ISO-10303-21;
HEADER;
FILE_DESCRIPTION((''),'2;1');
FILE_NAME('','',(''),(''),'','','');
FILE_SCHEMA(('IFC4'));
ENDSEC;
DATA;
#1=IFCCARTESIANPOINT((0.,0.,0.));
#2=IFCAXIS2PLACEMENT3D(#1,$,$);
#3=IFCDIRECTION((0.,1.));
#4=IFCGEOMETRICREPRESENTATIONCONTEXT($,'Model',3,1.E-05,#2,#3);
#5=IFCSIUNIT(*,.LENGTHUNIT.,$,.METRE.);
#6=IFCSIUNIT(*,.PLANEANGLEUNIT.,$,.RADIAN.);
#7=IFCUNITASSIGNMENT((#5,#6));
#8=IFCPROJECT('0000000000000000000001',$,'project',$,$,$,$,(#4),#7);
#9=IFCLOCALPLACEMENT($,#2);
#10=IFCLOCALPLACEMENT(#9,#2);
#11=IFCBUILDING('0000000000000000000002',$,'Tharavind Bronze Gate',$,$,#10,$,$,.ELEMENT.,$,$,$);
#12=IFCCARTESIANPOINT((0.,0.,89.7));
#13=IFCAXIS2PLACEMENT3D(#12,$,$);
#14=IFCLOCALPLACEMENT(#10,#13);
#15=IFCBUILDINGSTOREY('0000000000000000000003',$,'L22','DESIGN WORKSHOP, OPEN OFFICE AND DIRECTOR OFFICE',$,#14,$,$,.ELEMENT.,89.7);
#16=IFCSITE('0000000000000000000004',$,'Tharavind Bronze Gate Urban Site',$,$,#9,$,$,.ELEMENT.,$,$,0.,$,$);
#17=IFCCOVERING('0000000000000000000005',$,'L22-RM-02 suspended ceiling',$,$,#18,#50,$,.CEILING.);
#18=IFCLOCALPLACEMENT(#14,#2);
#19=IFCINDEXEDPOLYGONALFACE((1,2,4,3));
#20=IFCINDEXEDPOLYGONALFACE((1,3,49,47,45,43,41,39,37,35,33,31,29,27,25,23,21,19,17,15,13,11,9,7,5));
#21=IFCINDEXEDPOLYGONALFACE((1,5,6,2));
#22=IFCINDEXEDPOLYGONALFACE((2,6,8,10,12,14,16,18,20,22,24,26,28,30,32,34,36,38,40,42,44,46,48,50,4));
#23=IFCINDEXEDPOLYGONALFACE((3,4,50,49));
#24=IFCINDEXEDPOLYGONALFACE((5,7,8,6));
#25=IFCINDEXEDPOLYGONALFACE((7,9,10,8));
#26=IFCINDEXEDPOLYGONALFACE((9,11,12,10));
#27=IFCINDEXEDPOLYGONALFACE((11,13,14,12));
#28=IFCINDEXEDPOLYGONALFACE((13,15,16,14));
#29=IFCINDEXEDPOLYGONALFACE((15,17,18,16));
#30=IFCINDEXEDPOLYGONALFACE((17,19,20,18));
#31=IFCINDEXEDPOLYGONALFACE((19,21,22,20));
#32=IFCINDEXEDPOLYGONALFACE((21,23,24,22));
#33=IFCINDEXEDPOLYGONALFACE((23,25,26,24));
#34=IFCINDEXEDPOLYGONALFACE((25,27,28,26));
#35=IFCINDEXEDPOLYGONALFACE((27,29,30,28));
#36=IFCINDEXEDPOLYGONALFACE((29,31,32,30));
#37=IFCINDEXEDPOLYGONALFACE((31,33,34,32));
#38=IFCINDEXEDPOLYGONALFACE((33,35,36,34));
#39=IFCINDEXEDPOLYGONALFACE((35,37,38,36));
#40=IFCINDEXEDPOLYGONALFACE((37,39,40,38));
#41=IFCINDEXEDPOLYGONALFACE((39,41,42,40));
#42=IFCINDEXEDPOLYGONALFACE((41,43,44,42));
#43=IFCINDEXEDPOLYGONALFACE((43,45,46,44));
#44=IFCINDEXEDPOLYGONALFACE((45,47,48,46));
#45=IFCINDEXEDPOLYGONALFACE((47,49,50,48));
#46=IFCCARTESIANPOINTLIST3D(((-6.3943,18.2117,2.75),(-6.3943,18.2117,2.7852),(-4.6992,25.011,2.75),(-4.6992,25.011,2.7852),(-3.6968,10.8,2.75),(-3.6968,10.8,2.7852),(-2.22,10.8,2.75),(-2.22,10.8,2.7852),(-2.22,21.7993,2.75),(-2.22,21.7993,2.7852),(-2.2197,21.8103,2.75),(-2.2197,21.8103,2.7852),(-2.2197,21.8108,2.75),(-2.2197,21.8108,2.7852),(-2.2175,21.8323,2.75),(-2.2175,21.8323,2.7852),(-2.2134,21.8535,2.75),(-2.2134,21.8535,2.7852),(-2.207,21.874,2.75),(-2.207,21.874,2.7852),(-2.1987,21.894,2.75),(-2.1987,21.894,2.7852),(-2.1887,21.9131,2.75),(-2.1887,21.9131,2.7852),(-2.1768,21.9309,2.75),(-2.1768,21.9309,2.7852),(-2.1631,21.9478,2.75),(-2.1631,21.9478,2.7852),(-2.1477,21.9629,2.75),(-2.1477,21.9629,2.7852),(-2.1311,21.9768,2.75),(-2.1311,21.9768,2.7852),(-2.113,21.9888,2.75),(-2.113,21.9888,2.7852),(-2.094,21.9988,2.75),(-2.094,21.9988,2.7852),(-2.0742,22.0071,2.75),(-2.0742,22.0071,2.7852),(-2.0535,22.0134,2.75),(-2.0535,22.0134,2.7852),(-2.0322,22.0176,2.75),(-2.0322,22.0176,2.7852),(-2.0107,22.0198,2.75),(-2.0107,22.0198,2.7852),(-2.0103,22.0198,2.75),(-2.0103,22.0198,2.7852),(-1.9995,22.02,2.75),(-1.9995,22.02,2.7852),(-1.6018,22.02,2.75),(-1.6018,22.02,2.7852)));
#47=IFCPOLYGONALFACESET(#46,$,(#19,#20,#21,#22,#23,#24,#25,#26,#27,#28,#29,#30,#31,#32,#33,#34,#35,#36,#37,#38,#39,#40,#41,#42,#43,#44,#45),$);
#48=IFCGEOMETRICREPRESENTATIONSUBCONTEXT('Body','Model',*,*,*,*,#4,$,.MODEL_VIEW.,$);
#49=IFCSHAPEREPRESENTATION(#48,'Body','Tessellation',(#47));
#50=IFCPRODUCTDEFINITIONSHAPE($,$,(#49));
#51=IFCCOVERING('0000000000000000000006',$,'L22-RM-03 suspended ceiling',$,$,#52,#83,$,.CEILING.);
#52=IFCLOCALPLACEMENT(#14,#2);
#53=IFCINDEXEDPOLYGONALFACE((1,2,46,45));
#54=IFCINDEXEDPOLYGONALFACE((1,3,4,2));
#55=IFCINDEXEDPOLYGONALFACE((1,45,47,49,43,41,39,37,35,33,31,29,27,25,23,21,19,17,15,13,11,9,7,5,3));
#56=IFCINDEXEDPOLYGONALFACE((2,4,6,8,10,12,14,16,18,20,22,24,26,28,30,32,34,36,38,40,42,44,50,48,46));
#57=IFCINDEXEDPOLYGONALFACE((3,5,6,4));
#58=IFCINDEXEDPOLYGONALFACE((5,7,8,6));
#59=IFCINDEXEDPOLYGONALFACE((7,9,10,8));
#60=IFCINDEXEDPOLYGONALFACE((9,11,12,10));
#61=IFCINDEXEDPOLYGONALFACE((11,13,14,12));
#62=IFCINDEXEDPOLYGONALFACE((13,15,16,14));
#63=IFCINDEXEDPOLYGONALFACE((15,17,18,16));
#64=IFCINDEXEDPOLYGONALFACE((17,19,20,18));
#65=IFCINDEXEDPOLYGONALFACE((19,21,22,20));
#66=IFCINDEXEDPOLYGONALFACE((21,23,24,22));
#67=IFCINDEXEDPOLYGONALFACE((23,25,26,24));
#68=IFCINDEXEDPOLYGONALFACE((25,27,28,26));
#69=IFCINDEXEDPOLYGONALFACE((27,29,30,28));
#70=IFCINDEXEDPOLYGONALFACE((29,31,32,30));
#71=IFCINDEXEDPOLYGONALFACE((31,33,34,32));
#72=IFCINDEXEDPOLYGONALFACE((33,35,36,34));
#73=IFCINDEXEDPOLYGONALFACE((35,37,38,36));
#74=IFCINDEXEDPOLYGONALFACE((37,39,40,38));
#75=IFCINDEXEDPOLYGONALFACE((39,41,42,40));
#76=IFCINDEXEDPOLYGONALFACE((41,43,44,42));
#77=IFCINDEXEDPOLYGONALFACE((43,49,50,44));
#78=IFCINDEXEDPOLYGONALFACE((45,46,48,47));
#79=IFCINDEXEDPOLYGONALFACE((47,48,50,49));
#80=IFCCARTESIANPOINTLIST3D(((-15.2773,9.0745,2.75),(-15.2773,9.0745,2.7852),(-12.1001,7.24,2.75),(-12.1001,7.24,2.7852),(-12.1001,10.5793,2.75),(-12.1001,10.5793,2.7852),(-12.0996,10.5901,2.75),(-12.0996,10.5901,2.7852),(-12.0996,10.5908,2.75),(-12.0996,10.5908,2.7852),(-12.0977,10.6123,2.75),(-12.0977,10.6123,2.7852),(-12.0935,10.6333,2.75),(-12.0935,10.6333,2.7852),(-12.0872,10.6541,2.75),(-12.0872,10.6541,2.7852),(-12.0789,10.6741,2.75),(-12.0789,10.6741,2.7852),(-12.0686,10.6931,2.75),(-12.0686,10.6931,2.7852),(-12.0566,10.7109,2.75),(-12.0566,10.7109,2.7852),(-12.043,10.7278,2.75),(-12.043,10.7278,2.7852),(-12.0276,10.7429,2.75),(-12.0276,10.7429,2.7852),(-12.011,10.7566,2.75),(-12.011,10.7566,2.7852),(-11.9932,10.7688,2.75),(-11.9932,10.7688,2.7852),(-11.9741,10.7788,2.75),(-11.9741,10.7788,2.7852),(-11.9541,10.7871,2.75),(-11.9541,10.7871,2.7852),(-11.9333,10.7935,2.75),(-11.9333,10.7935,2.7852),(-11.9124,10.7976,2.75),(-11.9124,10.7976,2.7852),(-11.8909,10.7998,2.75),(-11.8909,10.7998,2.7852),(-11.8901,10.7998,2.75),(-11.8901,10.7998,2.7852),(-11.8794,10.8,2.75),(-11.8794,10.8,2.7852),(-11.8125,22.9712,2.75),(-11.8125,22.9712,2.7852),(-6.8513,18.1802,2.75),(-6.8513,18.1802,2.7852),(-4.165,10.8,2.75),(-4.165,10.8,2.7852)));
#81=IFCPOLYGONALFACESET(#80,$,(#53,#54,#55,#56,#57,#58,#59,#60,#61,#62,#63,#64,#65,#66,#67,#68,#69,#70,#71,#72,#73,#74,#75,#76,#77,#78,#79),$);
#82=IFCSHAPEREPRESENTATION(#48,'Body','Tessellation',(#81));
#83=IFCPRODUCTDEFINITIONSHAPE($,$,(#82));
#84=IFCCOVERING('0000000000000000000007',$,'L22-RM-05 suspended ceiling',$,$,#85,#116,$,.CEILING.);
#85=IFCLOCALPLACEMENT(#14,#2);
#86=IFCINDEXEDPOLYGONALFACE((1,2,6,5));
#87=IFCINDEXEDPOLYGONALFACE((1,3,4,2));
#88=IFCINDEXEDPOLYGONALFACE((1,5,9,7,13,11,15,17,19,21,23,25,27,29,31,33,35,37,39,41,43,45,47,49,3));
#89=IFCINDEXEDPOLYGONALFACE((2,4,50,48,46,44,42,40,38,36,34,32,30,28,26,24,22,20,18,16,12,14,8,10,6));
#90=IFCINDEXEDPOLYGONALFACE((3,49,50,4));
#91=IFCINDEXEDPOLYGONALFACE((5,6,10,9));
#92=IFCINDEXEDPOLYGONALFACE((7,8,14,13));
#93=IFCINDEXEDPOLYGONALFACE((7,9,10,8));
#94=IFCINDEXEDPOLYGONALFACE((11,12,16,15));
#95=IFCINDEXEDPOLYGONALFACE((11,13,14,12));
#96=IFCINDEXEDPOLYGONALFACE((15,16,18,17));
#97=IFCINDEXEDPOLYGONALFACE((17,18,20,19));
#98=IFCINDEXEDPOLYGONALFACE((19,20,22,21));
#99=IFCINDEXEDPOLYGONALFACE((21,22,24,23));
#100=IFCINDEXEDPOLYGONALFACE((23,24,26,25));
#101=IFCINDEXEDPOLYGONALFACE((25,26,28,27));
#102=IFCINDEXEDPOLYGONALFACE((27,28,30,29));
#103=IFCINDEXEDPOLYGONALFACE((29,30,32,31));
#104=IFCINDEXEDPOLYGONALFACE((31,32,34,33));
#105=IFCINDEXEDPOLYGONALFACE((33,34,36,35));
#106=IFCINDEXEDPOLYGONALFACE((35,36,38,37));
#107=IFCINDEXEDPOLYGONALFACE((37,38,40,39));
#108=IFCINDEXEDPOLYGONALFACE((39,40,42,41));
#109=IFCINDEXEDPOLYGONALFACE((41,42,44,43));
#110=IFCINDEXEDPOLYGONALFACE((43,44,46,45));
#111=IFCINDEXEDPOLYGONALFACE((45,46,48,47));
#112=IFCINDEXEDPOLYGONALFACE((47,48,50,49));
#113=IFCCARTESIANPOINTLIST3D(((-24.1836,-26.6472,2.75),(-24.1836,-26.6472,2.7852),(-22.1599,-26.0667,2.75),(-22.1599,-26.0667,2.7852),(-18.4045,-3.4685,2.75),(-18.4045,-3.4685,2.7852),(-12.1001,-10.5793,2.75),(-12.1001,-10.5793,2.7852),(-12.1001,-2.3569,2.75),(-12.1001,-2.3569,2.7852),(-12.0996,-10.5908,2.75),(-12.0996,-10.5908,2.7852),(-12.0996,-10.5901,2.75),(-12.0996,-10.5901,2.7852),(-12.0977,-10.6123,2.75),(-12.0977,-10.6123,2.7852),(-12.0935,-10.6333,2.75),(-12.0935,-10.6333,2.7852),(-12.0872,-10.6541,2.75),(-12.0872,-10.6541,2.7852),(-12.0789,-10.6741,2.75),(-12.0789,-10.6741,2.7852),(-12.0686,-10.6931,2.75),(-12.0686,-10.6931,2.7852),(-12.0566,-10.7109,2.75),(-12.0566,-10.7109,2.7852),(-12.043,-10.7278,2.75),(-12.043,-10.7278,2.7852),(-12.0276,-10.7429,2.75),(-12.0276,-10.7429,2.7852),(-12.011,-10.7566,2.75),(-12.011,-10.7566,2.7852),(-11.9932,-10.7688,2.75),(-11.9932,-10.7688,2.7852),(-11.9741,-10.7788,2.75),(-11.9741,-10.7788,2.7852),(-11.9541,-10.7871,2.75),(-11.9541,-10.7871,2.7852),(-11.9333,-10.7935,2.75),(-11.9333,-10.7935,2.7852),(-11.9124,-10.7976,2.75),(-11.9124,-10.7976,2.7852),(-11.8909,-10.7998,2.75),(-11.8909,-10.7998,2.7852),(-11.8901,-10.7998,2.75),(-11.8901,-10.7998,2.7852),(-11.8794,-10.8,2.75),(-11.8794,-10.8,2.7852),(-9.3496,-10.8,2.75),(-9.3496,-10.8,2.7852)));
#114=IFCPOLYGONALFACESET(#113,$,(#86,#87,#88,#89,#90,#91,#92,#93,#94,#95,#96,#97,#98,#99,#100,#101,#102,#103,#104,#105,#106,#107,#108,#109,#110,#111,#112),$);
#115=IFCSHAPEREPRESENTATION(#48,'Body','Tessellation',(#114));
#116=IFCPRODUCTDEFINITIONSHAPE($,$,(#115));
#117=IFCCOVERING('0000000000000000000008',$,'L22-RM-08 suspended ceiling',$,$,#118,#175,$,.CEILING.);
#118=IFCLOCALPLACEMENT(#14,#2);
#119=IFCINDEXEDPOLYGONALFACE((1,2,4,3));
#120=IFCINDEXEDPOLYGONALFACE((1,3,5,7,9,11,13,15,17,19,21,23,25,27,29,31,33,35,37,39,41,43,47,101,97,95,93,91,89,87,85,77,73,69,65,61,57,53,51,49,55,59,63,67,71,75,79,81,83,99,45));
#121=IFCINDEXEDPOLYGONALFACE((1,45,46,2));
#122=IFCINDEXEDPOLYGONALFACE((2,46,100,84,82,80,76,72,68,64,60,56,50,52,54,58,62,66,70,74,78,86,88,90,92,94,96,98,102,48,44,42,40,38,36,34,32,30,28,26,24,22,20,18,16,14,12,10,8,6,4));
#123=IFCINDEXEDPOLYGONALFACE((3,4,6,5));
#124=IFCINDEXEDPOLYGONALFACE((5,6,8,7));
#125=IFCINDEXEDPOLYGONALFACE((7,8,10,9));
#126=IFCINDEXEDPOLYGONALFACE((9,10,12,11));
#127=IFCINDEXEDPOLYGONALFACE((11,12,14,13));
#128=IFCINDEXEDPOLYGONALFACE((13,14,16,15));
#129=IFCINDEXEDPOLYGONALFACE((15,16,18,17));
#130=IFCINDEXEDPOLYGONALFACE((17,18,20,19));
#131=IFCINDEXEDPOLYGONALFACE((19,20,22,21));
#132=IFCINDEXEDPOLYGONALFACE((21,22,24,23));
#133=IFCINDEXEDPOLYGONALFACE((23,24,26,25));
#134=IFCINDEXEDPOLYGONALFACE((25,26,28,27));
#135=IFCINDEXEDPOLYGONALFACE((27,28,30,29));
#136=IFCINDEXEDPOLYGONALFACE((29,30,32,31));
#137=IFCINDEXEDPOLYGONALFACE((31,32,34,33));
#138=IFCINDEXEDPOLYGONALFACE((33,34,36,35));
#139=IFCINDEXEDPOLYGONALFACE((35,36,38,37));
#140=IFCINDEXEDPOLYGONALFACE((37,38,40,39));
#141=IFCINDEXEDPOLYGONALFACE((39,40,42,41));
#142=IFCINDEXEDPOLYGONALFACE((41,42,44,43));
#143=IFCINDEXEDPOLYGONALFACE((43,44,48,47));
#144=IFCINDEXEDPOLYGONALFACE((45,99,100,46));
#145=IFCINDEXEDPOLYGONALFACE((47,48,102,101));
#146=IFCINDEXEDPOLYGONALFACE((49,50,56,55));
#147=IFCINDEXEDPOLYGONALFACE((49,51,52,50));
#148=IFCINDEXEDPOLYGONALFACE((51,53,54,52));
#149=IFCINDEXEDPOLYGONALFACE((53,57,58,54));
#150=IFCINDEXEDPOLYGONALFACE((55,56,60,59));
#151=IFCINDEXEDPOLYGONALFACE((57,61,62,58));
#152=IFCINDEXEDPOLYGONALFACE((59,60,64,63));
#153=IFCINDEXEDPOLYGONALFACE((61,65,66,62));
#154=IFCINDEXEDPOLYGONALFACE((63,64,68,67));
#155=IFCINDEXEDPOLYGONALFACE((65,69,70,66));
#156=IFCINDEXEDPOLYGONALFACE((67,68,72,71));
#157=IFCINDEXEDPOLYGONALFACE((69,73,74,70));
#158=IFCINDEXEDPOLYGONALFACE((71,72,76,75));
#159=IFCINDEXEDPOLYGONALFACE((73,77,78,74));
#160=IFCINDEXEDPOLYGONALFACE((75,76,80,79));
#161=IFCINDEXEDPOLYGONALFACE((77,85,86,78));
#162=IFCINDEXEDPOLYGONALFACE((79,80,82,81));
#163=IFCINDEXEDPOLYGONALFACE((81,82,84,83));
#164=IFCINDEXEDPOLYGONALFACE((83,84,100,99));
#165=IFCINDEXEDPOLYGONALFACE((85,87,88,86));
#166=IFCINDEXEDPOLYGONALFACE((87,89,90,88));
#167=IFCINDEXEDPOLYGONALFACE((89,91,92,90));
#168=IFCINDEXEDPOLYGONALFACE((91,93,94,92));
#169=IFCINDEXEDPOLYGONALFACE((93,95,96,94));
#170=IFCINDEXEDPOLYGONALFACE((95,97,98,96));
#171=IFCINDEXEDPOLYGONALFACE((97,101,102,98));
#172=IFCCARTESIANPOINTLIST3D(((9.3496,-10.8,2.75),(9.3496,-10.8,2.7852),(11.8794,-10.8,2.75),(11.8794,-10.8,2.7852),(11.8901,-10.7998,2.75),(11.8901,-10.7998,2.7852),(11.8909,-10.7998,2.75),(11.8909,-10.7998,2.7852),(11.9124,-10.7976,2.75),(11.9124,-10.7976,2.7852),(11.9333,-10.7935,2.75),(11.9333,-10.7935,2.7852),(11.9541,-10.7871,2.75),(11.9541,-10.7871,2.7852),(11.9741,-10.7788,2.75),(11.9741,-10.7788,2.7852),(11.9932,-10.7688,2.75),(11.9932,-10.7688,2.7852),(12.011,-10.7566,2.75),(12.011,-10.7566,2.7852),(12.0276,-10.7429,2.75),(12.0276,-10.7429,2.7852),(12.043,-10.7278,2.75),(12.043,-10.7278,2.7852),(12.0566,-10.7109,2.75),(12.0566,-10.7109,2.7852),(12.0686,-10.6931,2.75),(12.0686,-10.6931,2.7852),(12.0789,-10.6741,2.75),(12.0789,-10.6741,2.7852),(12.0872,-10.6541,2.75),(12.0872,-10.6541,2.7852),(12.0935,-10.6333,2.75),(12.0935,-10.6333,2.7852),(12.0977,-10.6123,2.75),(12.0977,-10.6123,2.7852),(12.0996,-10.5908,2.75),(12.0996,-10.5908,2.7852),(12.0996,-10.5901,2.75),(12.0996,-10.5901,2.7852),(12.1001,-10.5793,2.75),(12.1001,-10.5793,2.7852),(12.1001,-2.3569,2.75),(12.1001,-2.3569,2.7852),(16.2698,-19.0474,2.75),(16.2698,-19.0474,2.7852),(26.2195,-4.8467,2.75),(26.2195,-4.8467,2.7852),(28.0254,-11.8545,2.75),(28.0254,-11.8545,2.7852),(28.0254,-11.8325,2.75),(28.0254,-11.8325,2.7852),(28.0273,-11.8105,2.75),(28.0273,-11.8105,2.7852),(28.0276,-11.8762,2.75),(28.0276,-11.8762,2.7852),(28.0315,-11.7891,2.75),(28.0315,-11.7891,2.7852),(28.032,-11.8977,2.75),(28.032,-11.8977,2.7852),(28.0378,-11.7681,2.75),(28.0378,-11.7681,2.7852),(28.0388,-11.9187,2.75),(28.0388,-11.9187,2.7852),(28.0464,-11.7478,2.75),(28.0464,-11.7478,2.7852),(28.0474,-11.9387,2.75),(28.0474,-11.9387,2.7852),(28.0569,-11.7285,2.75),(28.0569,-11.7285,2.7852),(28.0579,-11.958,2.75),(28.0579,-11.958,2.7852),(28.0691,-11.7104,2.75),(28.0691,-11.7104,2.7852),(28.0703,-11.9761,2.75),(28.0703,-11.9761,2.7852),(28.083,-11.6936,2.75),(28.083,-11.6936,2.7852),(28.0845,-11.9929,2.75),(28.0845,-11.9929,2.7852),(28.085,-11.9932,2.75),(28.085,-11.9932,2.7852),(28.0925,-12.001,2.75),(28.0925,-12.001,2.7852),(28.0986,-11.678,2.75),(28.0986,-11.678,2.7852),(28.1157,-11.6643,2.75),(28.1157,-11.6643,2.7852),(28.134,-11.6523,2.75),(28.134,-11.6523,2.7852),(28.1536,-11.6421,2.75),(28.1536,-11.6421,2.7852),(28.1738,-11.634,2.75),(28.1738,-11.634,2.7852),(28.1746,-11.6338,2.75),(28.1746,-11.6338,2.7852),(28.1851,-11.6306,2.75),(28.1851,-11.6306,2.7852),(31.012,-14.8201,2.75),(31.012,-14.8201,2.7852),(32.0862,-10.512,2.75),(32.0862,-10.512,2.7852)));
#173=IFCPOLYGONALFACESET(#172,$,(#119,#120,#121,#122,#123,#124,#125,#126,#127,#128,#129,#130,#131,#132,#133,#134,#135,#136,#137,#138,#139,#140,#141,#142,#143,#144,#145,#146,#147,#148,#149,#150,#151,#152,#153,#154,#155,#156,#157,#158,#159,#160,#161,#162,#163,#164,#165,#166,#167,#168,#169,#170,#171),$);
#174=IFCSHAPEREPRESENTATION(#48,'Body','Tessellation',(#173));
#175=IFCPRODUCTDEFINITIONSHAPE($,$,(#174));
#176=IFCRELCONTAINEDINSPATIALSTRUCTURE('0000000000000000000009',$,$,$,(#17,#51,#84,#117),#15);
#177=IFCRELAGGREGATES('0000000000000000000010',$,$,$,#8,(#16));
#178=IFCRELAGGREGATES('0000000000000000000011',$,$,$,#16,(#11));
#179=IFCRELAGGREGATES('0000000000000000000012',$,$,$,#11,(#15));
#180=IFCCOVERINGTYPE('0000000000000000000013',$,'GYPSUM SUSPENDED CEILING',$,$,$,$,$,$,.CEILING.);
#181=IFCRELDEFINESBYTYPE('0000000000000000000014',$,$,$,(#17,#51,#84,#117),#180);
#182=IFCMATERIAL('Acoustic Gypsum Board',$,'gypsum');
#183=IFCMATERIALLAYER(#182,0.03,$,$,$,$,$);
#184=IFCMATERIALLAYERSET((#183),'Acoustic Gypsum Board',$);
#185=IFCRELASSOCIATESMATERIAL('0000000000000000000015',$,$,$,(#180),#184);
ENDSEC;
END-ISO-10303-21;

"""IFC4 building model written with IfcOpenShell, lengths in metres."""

from ifc_helpers import new_model, si_unit, direction, frame, origin, place, context, subcontext, project, spatial, polyline, outline, extrude, material, layer, layer_set, type_object, element, save


model = new_model("IFC4")

# Units and contexts
model_context = context("Model", 3, precision=1e-05, world=origin(), true_north=direction((0.0, 1.0)))
body_context = subcontext(model_context, "Body", "Model", "MODEL_VIEW")
ifc_project = project(units=[si_unit("LENGTHUNIT", "METRE"), si_unit("PLANEANGLEUNIT", "RADIAN")], contexts=[model_context])

# Site, building, storey
site_placement = place(None, origin())
site = spatial("IfcSite", under=ifc_project, at=site_placement, Name="Tharavind Bronze Gate Urban Site", CompositionType="ELEMENT", RefElevation=0.0)
building_placement = place(site_placement, origin())
building = spatial("IfcBuilding", under=site, at=building_placement, Name="Tharavind Bronze Gate", CompositionType="ELEMENT")
storey_placement = place(building_placement, frame((0.0, 0.0, 89.7)))
storey = spatial("IfcBuildingStorey", under=building, at=storey_placement, Name="L22", Description="DESIGN WORKSHOP, OPEN OFFICE AND DIRECTOR OFFICE", CompositionType="ELEMENT", Elevation=89.7)

# Coverings
ifc_material_1 = material(Name="Acoustic Gypsum Board", Category="gypsum")
ifc_layer_1 = layer(ifc_material_1, 0.03)
ifc_layer_set_1 = layer_set([ifc_layer_1], Name="Acoustic Gypsum Board")
covering_type_1 = type_object("IfcCoveringType", Name="GYPSUM SUSPENDED CEILING", PredefinedType="CEILING", material=ifc_layer_set_1)
covering_1_placement = place(storey_placement, frame((0.0, 0.0, 2.75)))
element("IfcCovering", 1, at=covering_1_placement, inside=storey, type_object=covering_type_1, Name="L22-RM-02 suspended ceiling", PredefinedType="CEILING", context=body_context, shape_type="SweptSolid", body=[
    extrude(outline(polyline([(-3.6968, 10.8), (-2.22, 10.8), (-2.22, 21.7993), (-2.2197, 21.8103), (-2.2197, 21.8108), (-2.2175, 21.8323), (-2.2134, 21.8535), (-2.207, 21.874), (-2.1987, 21.894), (-2.1887, 21.9131), (-2.1768, 21.9309), (-2.1631, 21.9478), (-2.1477, 21.9629), (-2.1311, 21.9768), (-2.113, 21.9888), (-2.094, 21.9988), (-2.0742, 22.0071), (-2.0535, 22.0134), (-2.0322, 22.0176), (-2.0107, 22.0198), (-2.0103, 22.0198), (-1.9995, 22.02), (-1.6018, 22.02), (-4.6992, 25.011), (-6.3943, 18.2117), (-3.6968, 10.8)])), origin(), (0.0, 0.0, 1.0), 0.0352),
])
covering_2_placement = place(storey_placement, frame((0.0, 0.0, 2.75)))
element("IfcCovering", 2, at=covering_2_placement, inside=storey, type_object=covering_type_1, Name="L22-RM-03 suspended ceiling", PredefinedType="CEILING", context=body_context, shape_type="SweptSolid", body=[
    extrude(outline(polyline([(-12.1001, 7.24), (-12.1001, 10.5793), (-12.0996, 10.5901), (-12.0996, 10.5908), (-12.0977, 10.6123), (-12.0935, 10.6333), (-12.0872, 10.6541), (-12.0789, 10.6741), (-12.0686, 10.6931), (-12.0566, 10.7109), (-12.043, 10.7278), (-12.0276, 10.7429), (-12.011, 10.7566), (-11.9932, 10.7688), (-11.9741, 10.7788), (-11.9541, 10.7871), (-11.9333, 10.7935), (-11.9124, 10.7976), (-11.8909, 10.7998), (-11.8901, 10.7998), (-11.8794, 10.8), (-4.165, 10.8), (-6.8513, 18.1802), (-11.8125, 22.9712), (-15.2773, 9.0745), (-12.1001, 7.24)])), origin(), (0.0, 0.0, 1.0), 0.0352),
])
covering_3_placement = place(storey_placement, frame((0.0, 0.0, 2.75)))
element("IfcCovering", 3, at=covering_3_placement, inside=storey, type_object=covering_type_1, Name="L22-RM-05 suspended ceiling", PredefinedType="CEILING", context=body_context, shape_type="SweptSolid", body=[
    extrude(outline(polyline([(-22.1599, -26.0667), (-9.3496, -10.8), (-11.8794, -10.8), (-11.8901, -10.7998), (-11.8909, -10.7998), (-11.9124, -10.7976), (-11.9333, -10.7935), (-11.9541, -10.7871), (-11.9741, -10.7788), (-11.9932, -10.7688), (-12.011, -10.7566), (-12.0276, -10.7429), (-12.043, -10.7278), (-12.0566, -10.7109), (-12.0686, -10.6931), (-12.0789, -10.6741), (-12.0872, -10.6541), (-12.0935, -10.6333), (-12.0977, -10.6123), (-12.0996, -10.5908), (-12.0996, -10.5901), (-12.1001, -10.5793), (-12.1001, -2.3569), (-18.4045, -3.4685), (-24.1836, -26.6472), (-22.1599, -26.0667)])), origin(), (0.0, 0.0, 1.0), 0.0352),
])
covering_4_placement = place(storey_placement, frame((0.0, 0.0, 2.75)))
element("IfcCovering", 4, at=covering_4_placement, inside=storey, type_object=covering_type_1, Name="L22-RM-08 suspended ceiling", PredefinedType="CEILING", context=body_context, shape_type="SweptSolid", body=[
    extrude(outline(polyline([(16.2698, -19.0474), (31.012, -14.8201), (28.0925, -12.001), (28.085, -11.9932), (28.0845, -11.9929), (28.0703, -11.9761), (28.0579, -11.958), (28.0474, -11.9387), (28.0388, -11.9187), (28.032, -11.8977), (28.0276, -11.8762), (28.0254, -11.8545), (28.0254, -11.8325), (28.0273, -11.8105), (28.0315, -11.7891), (28.0378, -11.7681), (28.0464, -11.7478), (28.0569, -11.7285), (28.0691, -11.7104), (28.083, -11.6936), (28.0986, -11.678), (28.1157, -11.6643), (28.134, -11.6523), (28.1536, -11.6421), (28.1738, -11.634), (28.1746, -11.6338), (28.1851, -11.6306), (32.0862, -10.512), (26.2195, -4.8467), (12.1001, -2.3569), (12.1001, -10.5793), (12.0996, -10.5901), (12.0996, -10.5908), (12.0977, -10.6123), (12.0935, -10.6333), (12.0872, -10.6541), (12.0789, -10.6741), (12.0686, -10.6931), (12.0566, -10.7109), (12.043, -10.7278), (12.0276, -10.7429), (12.011, -10.7566), (11.9932, -10.7688), (11.9741, -10.7788), (11.9541, -10.7871), (11.9333, -10.7935), (11.9124, -10.7976), (11.8909, -10.7998), (11.8901, -10.7998), (11.8794, -10.8), (9.3496, -10.8), (16.2698, -19.0474)])), origin(), (0.0, 0.0, 1.0), 0.0352),
])

save(model, "model.ifc")
